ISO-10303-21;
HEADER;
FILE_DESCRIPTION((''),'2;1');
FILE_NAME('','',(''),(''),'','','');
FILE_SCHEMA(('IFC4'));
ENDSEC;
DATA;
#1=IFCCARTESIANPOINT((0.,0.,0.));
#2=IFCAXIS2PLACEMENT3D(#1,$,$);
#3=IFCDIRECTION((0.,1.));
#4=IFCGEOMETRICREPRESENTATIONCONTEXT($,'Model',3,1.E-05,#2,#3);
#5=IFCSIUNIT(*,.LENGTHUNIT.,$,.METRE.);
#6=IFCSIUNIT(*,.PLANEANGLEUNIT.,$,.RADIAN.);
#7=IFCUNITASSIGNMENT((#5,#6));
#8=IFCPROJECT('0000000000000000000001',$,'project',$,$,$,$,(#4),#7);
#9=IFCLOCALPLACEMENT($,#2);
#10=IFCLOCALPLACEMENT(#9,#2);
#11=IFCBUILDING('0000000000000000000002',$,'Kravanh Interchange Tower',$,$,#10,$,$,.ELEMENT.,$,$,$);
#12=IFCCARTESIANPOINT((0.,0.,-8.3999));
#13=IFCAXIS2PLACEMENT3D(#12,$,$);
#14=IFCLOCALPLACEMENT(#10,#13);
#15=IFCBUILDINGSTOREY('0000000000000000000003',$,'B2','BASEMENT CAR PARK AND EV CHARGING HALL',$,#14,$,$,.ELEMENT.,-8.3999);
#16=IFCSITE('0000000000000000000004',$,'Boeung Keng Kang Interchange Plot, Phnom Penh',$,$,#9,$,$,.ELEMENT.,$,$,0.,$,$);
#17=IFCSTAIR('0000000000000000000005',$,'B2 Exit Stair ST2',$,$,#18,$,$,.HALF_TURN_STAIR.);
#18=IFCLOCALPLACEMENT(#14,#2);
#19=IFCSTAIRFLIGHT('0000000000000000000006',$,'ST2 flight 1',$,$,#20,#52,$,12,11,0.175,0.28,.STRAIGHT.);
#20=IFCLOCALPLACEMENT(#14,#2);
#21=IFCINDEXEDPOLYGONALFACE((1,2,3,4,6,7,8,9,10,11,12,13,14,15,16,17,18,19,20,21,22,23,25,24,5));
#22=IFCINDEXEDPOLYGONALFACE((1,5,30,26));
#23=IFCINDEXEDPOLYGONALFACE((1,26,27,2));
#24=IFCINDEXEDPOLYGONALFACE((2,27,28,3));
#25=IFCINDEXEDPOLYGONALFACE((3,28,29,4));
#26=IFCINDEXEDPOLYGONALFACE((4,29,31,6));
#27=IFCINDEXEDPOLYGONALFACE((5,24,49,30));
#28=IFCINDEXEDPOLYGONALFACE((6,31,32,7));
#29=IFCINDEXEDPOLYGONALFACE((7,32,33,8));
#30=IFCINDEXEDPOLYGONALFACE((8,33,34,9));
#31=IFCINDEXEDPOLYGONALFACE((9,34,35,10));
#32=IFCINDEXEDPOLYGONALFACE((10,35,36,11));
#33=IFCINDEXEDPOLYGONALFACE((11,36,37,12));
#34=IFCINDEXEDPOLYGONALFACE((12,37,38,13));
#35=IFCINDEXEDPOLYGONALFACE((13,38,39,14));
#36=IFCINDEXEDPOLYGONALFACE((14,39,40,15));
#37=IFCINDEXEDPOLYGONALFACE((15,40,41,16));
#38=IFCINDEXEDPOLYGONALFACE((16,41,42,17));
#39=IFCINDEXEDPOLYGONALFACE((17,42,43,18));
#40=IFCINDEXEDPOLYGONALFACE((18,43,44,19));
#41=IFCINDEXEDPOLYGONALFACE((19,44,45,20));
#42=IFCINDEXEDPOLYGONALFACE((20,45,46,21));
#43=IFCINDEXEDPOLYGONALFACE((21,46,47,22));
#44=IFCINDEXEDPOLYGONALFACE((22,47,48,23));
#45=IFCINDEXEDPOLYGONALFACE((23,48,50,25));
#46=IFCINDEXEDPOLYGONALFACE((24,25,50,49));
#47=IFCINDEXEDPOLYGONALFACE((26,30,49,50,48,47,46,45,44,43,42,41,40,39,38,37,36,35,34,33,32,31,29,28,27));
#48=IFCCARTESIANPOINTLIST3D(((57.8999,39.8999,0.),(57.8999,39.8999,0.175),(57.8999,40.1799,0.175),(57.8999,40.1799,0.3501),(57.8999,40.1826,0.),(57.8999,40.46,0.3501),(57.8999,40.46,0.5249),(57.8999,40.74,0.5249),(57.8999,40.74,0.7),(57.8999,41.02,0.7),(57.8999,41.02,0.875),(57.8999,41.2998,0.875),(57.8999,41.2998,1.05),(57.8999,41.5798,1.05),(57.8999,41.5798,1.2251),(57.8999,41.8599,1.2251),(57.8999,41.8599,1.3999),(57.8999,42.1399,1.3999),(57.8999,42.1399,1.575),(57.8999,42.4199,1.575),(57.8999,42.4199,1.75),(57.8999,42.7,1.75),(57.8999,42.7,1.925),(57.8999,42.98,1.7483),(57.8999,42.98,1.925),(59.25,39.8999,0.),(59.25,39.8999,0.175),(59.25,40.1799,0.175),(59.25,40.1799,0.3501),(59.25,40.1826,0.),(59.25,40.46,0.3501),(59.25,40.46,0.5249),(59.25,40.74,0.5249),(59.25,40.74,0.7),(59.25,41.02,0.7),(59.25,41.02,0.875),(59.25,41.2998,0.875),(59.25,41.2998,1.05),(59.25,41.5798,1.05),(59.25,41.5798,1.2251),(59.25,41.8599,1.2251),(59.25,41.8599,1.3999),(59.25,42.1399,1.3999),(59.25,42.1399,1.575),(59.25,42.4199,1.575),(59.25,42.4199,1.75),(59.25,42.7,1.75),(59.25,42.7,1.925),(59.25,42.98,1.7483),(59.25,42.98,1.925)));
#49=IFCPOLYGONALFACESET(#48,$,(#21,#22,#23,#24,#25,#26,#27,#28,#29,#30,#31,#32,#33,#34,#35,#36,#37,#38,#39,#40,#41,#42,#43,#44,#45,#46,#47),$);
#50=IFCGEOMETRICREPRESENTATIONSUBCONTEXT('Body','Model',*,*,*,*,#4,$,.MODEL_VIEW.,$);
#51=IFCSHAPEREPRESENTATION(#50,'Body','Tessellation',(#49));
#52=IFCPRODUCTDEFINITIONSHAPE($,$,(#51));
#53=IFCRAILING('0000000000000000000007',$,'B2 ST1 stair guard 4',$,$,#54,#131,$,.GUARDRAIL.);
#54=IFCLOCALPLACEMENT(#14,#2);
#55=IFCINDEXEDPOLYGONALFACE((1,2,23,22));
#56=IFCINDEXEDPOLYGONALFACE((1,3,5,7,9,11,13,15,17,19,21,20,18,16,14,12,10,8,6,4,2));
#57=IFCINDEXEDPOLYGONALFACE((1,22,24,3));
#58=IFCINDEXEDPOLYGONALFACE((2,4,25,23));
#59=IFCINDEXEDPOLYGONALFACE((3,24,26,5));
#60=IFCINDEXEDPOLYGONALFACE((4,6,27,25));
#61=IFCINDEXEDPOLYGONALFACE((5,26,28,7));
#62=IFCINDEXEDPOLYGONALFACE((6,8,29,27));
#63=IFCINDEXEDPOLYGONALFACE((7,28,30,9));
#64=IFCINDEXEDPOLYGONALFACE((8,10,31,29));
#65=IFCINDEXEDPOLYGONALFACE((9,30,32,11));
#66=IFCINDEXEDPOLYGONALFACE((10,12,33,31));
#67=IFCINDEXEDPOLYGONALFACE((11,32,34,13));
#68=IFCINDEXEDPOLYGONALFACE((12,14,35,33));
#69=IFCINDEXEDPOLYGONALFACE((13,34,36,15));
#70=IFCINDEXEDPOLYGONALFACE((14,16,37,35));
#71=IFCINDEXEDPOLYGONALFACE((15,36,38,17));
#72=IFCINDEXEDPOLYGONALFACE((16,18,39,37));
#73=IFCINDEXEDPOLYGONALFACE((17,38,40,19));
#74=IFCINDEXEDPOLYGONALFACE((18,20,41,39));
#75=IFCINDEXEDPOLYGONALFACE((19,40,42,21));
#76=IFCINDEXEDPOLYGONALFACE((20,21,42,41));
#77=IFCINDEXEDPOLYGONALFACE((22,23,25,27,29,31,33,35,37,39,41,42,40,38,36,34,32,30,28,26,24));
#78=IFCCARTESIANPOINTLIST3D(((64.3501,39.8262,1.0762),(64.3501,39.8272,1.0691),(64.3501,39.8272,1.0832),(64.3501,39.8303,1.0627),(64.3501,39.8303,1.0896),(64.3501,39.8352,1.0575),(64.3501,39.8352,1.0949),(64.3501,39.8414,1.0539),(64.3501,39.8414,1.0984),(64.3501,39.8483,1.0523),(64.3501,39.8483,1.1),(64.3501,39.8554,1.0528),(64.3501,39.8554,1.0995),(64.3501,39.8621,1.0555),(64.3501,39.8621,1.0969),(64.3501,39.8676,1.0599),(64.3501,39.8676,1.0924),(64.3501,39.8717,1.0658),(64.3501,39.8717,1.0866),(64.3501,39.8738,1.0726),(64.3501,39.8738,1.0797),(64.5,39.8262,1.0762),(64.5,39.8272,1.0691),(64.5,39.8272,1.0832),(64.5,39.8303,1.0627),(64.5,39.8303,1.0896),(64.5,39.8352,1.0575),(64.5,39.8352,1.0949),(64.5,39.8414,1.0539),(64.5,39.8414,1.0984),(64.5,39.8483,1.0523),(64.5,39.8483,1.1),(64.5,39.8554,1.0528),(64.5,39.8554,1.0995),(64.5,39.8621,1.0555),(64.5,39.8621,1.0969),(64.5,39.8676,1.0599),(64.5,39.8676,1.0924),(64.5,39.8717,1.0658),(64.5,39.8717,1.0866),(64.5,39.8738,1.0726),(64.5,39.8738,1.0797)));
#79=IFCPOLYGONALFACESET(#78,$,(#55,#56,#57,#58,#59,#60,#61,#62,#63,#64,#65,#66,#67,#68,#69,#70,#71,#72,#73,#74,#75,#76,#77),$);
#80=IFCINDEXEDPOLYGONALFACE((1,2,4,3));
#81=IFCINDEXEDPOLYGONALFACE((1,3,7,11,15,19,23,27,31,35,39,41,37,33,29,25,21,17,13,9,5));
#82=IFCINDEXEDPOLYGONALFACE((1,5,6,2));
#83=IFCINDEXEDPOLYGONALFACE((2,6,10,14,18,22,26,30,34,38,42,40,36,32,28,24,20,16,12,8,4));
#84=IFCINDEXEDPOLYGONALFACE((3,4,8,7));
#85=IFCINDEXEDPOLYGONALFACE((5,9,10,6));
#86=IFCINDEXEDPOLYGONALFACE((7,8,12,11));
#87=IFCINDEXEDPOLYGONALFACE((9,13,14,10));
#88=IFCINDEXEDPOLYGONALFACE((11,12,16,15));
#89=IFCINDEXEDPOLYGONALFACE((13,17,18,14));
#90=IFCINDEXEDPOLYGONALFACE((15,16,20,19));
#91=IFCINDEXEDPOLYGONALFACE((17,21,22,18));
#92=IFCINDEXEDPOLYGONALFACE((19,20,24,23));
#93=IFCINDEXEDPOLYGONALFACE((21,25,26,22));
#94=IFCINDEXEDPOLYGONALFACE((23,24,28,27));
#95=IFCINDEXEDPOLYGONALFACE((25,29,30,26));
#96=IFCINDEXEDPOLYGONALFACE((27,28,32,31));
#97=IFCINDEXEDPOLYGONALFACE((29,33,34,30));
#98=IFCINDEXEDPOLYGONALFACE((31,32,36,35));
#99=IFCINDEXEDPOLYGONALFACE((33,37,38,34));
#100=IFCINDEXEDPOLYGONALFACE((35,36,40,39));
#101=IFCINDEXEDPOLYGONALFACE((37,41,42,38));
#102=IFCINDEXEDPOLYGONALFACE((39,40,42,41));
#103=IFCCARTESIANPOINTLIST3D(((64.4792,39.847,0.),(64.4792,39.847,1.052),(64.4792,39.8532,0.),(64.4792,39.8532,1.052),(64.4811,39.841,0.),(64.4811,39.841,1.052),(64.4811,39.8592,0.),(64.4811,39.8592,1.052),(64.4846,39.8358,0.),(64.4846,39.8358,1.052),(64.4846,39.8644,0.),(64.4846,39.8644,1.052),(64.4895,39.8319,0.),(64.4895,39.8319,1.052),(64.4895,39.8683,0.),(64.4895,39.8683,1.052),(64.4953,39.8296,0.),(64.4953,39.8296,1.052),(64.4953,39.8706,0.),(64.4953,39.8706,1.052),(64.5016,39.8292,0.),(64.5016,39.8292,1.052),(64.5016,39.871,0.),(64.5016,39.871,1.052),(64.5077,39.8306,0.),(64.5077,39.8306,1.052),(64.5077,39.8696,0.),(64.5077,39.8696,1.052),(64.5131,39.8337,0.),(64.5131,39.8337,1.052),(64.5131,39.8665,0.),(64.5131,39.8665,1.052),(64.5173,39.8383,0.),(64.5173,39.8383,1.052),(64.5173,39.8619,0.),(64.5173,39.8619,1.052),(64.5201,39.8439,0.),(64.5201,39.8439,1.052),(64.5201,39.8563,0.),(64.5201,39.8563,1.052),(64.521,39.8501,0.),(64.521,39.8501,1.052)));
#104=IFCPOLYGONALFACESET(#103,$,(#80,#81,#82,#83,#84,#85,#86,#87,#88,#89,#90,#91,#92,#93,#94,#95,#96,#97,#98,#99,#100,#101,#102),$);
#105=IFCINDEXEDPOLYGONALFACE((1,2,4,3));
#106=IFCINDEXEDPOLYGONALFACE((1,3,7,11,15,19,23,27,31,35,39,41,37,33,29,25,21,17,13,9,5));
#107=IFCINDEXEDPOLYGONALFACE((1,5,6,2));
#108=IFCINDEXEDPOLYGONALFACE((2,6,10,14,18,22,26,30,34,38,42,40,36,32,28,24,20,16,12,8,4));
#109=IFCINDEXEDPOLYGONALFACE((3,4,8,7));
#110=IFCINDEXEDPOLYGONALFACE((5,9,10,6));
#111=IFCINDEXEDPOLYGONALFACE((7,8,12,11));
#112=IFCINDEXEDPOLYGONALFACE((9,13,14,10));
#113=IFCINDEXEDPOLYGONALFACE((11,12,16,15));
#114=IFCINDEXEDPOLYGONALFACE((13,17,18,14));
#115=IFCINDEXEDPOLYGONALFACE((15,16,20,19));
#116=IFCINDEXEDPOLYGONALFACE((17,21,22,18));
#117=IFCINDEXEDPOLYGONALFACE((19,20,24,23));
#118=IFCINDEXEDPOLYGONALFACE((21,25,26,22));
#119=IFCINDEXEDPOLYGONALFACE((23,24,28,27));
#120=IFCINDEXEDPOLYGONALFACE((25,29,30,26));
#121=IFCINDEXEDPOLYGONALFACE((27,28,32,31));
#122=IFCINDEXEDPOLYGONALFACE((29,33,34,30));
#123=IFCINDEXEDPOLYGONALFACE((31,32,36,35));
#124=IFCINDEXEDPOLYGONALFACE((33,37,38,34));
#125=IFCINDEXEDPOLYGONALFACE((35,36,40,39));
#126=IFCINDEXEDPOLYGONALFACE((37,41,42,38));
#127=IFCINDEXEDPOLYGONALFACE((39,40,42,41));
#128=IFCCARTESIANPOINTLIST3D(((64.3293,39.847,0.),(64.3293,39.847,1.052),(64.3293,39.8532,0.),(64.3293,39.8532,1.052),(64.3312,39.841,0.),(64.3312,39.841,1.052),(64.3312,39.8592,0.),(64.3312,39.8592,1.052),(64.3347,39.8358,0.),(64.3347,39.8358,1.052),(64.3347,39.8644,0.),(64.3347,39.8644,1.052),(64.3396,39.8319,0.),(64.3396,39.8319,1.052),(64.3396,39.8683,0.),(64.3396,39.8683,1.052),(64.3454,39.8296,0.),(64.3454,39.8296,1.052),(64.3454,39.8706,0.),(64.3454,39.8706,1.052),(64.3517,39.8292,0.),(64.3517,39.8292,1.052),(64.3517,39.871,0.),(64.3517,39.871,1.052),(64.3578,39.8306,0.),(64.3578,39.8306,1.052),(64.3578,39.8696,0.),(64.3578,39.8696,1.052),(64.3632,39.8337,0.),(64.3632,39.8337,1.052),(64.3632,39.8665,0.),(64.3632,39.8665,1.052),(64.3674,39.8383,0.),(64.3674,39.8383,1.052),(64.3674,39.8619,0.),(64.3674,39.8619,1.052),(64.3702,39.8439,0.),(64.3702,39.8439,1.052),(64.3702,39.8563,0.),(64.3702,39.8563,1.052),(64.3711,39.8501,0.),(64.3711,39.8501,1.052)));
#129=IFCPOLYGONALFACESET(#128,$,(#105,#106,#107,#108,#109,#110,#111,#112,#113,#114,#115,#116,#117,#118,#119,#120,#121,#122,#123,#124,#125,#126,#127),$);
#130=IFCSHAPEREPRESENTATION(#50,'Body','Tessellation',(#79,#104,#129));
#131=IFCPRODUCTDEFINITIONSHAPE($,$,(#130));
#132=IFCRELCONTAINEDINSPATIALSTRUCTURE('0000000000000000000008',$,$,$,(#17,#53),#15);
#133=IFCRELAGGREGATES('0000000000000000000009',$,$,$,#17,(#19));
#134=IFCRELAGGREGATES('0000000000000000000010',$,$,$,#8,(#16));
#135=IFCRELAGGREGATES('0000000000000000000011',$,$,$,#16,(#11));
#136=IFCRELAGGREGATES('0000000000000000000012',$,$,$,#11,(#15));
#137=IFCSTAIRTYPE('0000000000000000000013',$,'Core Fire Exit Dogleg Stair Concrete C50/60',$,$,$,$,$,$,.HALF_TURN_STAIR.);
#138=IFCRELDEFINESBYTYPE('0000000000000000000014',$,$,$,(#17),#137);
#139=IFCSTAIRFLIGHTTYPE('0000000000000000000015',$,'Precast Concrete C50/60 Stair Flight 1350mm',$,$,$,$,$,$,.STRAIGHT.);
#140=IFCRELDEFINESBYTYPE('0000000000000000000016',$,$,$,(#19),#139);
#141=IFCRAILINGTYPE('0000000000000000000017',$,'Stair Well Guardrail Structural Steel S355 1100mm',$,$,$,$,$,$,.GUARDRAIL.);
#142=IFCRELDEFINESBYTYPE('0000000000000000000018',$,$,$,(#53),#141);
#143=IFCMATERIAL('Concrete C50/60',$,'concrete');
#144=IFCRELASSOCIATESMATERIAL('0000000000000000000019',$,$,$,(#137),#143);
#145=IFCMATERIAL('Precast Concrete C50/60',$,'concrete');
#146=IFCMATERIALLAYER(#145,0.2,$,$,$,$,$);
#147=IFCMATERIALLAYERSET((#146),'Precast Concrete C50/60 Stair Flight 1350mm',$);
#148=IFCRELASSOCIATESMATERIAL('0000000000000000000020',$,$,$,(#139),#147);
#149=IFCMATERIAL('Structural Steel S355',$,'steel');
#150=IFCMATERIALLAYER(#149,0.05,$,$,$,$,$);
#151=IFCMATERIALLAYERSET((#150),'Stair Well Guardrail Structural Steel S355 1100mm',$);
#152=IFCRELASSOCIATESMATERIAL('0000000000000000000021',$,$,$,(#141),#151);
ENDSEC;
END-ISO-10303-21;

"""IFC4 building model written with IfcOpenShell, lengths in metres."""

from ifc_helpers import new_model, si_unit, direction, frame, origin, origin_2d, place, context, subcontext, project, spatial, polyline, circle, outline, extrude, material, layer, layer_set, type_object, element, aggregate, save


model = new_model("IFC4")

# Units and contexts
model_context = context("Model", 3, precision=1e-05, world=origin(), true_north=direction((0.0, 1.0)))
body_context = subcontext(model_context, "Body", "Model", "MODEL_VIEW")
ifc_project = project(units=[si_unit("LENGTHUNIT", "METRE"), si_unit("PLANEANGLEUNIT", "RADIAN")], contexts=[model_context])

# Site, building, storey
site_placement = place(None, origin())
site = spatial("IfcSite", under=ifc_project, at=site_placement, Name="Boeung Keng Kang Interchange Plot, Phnom Penh", CompositionType="ELEMENT", RefElevation=0.0)
building_placement = place(site_placement, origin())
building = spatial("IfcBuilding", under=site, at=building_placement, Name="Kravanh Interchange Tower", CompositionType="ELEMENT")
storey_placement = place(building_placement, frame((0.0, 0.0, -8.3999)))
storey = spatial("IfcBuildingStorey", under=building, at=storey_placement, Name="B2", Description="BASEMENT CAR PARK AND EV CHARGING HALL", CompositionType="ELEMENT", Elevation=-8.3999)

# Stair, stair flight
ifc_material_1 = material(Name="Concrete C50/60", Category="concrete")
stair_type = type_object("IfcStairType", Name="Core Fire Exit Dogleg Stair Concrete C50/60", PredefinedType="HALF_TURN_STAIR", material=ifc_material_1)
stair_placement = place(storey_placement, origin())
stair = element("IfcStair", 1, at=stair_placement, inside=storey, type_object=stair_type, Name="B2 Exit Stair ST2", PredefinedType="HALF_TURN_STAIR")
ifc_material_2 = material(Name="Precast Concrete C50/60", Category="concrete")
ifc_layer_1 = layer(ifc_material_2, 0.2)
ifc_layer_set_1 = layer_set([ifc_layer_1], Name="Precast Concrete C50/60 Stair Flight 1350mm")
stair_flight_type = type_object("IfcStairFlightType", Name="Precast Concrete C50/60 Stair Flight 1350mm", PredefinedType="STRAIGHT", material=ifc_layer_set_1)
stair_flight_placement = place(storey_placement, frame((58.575, 39.8999, 0.0), z_axis=(0.0, 0.0, 1.0), x_axis=(0.0, 1.0, 0.0)))
stair_flight = element("IfcStairFlight", 2, at=stair_flight_placement, type_object=stair_flight_type, Name="ST2 flight 1", NumberOfRisers=12, NumberOfTreads=11, PredefinedType="STRAIGHT", RiserHeight=0.175, TreadLength=0.28, context=body_context, shape_type="SweptSolid", body=[
    extrude(outline(polyline([(0.0, 0.0), (0.0, 0.175), (0.28, 0.175), (0.28, 0.3501), (0.5601, 0.3501), (0.5601, 0.5249), (0.8401, 0.5249), (0.8401, 0.7), (1.1201, 0.7), (1.1201, 0.875), (1.3999, 0.875), (1.3999, 1.05), (1.6799, 1.05), (1.6799, 1.2251), (1.96, 1.2251), (1.96, 1.3999), (2.24, 1.3999), (2.24, 1.575), (2.52, 1.575), (2.52, 1.75), (2.8, 1.75), (2.8, 1.925), (3.0801, 1.925), (3.0801, 2.1001), (3.0801, 1.7483), (0.2827, 0.0), (0.0, 0.0)])), frame((0.0, 0.675, 0.0), z_axis=(0.0, -1.0, 0.0), x_axis=(1.0, 0.0, 0.0)), (0.0, 0.0, 1.0), 1.3501),
])
aggregate(stair, [stair_flight])

# Railing
ifc_material_3 = material(Name="Structural Steel S355", Category="steel")
ifc_layer_2 = layer(ifc_material_3, 0.05)
ifc_layer_set_2 = layer_set([ifc_layer_2], Name="Stair Well Guardrail Structural Steel S355 1100mm")
railing_type_1 = type_object("IfcRailingType", Name="Stair Well Guardrail Structural Steel S355 1100mm", PredefinedType="GUARDRAIL", material=ifc_layer_set_2)
railing_1_placement = place(storey_placement, frame((64.5, 39.8501, 0.0)))
element("IfcRailing", 3, at=railing_1_placement, inside=storey, type_object=railing_type_1, Name="B2 ST1 stair guard 4", PredefinedType="GUARDRAIL", context=body_context, shape_type="SweptSolid", body=[
    extrude(circle(Radius=0.0239, at=origin_2d()), frame((0.0, 0.0, 1.0762), z_axis=(-1.0, 0.0, 0.0), x_axis=(0.0, -1.0, 0.0)), (0.0, 0.0, 1.0), 0.1499),
    extrude(circle(Radius=0.021, at=origin_2d()), origin(), (0.0, 0.0, 1.0), 1.052),
    extrude(circle(Radius=0.021, at=origin_2d()), frame((-0.1499, 0.0, 0.0)), (0.0, 0.0, 1.0), 1.052),
])

save(model, "model.ifc")
